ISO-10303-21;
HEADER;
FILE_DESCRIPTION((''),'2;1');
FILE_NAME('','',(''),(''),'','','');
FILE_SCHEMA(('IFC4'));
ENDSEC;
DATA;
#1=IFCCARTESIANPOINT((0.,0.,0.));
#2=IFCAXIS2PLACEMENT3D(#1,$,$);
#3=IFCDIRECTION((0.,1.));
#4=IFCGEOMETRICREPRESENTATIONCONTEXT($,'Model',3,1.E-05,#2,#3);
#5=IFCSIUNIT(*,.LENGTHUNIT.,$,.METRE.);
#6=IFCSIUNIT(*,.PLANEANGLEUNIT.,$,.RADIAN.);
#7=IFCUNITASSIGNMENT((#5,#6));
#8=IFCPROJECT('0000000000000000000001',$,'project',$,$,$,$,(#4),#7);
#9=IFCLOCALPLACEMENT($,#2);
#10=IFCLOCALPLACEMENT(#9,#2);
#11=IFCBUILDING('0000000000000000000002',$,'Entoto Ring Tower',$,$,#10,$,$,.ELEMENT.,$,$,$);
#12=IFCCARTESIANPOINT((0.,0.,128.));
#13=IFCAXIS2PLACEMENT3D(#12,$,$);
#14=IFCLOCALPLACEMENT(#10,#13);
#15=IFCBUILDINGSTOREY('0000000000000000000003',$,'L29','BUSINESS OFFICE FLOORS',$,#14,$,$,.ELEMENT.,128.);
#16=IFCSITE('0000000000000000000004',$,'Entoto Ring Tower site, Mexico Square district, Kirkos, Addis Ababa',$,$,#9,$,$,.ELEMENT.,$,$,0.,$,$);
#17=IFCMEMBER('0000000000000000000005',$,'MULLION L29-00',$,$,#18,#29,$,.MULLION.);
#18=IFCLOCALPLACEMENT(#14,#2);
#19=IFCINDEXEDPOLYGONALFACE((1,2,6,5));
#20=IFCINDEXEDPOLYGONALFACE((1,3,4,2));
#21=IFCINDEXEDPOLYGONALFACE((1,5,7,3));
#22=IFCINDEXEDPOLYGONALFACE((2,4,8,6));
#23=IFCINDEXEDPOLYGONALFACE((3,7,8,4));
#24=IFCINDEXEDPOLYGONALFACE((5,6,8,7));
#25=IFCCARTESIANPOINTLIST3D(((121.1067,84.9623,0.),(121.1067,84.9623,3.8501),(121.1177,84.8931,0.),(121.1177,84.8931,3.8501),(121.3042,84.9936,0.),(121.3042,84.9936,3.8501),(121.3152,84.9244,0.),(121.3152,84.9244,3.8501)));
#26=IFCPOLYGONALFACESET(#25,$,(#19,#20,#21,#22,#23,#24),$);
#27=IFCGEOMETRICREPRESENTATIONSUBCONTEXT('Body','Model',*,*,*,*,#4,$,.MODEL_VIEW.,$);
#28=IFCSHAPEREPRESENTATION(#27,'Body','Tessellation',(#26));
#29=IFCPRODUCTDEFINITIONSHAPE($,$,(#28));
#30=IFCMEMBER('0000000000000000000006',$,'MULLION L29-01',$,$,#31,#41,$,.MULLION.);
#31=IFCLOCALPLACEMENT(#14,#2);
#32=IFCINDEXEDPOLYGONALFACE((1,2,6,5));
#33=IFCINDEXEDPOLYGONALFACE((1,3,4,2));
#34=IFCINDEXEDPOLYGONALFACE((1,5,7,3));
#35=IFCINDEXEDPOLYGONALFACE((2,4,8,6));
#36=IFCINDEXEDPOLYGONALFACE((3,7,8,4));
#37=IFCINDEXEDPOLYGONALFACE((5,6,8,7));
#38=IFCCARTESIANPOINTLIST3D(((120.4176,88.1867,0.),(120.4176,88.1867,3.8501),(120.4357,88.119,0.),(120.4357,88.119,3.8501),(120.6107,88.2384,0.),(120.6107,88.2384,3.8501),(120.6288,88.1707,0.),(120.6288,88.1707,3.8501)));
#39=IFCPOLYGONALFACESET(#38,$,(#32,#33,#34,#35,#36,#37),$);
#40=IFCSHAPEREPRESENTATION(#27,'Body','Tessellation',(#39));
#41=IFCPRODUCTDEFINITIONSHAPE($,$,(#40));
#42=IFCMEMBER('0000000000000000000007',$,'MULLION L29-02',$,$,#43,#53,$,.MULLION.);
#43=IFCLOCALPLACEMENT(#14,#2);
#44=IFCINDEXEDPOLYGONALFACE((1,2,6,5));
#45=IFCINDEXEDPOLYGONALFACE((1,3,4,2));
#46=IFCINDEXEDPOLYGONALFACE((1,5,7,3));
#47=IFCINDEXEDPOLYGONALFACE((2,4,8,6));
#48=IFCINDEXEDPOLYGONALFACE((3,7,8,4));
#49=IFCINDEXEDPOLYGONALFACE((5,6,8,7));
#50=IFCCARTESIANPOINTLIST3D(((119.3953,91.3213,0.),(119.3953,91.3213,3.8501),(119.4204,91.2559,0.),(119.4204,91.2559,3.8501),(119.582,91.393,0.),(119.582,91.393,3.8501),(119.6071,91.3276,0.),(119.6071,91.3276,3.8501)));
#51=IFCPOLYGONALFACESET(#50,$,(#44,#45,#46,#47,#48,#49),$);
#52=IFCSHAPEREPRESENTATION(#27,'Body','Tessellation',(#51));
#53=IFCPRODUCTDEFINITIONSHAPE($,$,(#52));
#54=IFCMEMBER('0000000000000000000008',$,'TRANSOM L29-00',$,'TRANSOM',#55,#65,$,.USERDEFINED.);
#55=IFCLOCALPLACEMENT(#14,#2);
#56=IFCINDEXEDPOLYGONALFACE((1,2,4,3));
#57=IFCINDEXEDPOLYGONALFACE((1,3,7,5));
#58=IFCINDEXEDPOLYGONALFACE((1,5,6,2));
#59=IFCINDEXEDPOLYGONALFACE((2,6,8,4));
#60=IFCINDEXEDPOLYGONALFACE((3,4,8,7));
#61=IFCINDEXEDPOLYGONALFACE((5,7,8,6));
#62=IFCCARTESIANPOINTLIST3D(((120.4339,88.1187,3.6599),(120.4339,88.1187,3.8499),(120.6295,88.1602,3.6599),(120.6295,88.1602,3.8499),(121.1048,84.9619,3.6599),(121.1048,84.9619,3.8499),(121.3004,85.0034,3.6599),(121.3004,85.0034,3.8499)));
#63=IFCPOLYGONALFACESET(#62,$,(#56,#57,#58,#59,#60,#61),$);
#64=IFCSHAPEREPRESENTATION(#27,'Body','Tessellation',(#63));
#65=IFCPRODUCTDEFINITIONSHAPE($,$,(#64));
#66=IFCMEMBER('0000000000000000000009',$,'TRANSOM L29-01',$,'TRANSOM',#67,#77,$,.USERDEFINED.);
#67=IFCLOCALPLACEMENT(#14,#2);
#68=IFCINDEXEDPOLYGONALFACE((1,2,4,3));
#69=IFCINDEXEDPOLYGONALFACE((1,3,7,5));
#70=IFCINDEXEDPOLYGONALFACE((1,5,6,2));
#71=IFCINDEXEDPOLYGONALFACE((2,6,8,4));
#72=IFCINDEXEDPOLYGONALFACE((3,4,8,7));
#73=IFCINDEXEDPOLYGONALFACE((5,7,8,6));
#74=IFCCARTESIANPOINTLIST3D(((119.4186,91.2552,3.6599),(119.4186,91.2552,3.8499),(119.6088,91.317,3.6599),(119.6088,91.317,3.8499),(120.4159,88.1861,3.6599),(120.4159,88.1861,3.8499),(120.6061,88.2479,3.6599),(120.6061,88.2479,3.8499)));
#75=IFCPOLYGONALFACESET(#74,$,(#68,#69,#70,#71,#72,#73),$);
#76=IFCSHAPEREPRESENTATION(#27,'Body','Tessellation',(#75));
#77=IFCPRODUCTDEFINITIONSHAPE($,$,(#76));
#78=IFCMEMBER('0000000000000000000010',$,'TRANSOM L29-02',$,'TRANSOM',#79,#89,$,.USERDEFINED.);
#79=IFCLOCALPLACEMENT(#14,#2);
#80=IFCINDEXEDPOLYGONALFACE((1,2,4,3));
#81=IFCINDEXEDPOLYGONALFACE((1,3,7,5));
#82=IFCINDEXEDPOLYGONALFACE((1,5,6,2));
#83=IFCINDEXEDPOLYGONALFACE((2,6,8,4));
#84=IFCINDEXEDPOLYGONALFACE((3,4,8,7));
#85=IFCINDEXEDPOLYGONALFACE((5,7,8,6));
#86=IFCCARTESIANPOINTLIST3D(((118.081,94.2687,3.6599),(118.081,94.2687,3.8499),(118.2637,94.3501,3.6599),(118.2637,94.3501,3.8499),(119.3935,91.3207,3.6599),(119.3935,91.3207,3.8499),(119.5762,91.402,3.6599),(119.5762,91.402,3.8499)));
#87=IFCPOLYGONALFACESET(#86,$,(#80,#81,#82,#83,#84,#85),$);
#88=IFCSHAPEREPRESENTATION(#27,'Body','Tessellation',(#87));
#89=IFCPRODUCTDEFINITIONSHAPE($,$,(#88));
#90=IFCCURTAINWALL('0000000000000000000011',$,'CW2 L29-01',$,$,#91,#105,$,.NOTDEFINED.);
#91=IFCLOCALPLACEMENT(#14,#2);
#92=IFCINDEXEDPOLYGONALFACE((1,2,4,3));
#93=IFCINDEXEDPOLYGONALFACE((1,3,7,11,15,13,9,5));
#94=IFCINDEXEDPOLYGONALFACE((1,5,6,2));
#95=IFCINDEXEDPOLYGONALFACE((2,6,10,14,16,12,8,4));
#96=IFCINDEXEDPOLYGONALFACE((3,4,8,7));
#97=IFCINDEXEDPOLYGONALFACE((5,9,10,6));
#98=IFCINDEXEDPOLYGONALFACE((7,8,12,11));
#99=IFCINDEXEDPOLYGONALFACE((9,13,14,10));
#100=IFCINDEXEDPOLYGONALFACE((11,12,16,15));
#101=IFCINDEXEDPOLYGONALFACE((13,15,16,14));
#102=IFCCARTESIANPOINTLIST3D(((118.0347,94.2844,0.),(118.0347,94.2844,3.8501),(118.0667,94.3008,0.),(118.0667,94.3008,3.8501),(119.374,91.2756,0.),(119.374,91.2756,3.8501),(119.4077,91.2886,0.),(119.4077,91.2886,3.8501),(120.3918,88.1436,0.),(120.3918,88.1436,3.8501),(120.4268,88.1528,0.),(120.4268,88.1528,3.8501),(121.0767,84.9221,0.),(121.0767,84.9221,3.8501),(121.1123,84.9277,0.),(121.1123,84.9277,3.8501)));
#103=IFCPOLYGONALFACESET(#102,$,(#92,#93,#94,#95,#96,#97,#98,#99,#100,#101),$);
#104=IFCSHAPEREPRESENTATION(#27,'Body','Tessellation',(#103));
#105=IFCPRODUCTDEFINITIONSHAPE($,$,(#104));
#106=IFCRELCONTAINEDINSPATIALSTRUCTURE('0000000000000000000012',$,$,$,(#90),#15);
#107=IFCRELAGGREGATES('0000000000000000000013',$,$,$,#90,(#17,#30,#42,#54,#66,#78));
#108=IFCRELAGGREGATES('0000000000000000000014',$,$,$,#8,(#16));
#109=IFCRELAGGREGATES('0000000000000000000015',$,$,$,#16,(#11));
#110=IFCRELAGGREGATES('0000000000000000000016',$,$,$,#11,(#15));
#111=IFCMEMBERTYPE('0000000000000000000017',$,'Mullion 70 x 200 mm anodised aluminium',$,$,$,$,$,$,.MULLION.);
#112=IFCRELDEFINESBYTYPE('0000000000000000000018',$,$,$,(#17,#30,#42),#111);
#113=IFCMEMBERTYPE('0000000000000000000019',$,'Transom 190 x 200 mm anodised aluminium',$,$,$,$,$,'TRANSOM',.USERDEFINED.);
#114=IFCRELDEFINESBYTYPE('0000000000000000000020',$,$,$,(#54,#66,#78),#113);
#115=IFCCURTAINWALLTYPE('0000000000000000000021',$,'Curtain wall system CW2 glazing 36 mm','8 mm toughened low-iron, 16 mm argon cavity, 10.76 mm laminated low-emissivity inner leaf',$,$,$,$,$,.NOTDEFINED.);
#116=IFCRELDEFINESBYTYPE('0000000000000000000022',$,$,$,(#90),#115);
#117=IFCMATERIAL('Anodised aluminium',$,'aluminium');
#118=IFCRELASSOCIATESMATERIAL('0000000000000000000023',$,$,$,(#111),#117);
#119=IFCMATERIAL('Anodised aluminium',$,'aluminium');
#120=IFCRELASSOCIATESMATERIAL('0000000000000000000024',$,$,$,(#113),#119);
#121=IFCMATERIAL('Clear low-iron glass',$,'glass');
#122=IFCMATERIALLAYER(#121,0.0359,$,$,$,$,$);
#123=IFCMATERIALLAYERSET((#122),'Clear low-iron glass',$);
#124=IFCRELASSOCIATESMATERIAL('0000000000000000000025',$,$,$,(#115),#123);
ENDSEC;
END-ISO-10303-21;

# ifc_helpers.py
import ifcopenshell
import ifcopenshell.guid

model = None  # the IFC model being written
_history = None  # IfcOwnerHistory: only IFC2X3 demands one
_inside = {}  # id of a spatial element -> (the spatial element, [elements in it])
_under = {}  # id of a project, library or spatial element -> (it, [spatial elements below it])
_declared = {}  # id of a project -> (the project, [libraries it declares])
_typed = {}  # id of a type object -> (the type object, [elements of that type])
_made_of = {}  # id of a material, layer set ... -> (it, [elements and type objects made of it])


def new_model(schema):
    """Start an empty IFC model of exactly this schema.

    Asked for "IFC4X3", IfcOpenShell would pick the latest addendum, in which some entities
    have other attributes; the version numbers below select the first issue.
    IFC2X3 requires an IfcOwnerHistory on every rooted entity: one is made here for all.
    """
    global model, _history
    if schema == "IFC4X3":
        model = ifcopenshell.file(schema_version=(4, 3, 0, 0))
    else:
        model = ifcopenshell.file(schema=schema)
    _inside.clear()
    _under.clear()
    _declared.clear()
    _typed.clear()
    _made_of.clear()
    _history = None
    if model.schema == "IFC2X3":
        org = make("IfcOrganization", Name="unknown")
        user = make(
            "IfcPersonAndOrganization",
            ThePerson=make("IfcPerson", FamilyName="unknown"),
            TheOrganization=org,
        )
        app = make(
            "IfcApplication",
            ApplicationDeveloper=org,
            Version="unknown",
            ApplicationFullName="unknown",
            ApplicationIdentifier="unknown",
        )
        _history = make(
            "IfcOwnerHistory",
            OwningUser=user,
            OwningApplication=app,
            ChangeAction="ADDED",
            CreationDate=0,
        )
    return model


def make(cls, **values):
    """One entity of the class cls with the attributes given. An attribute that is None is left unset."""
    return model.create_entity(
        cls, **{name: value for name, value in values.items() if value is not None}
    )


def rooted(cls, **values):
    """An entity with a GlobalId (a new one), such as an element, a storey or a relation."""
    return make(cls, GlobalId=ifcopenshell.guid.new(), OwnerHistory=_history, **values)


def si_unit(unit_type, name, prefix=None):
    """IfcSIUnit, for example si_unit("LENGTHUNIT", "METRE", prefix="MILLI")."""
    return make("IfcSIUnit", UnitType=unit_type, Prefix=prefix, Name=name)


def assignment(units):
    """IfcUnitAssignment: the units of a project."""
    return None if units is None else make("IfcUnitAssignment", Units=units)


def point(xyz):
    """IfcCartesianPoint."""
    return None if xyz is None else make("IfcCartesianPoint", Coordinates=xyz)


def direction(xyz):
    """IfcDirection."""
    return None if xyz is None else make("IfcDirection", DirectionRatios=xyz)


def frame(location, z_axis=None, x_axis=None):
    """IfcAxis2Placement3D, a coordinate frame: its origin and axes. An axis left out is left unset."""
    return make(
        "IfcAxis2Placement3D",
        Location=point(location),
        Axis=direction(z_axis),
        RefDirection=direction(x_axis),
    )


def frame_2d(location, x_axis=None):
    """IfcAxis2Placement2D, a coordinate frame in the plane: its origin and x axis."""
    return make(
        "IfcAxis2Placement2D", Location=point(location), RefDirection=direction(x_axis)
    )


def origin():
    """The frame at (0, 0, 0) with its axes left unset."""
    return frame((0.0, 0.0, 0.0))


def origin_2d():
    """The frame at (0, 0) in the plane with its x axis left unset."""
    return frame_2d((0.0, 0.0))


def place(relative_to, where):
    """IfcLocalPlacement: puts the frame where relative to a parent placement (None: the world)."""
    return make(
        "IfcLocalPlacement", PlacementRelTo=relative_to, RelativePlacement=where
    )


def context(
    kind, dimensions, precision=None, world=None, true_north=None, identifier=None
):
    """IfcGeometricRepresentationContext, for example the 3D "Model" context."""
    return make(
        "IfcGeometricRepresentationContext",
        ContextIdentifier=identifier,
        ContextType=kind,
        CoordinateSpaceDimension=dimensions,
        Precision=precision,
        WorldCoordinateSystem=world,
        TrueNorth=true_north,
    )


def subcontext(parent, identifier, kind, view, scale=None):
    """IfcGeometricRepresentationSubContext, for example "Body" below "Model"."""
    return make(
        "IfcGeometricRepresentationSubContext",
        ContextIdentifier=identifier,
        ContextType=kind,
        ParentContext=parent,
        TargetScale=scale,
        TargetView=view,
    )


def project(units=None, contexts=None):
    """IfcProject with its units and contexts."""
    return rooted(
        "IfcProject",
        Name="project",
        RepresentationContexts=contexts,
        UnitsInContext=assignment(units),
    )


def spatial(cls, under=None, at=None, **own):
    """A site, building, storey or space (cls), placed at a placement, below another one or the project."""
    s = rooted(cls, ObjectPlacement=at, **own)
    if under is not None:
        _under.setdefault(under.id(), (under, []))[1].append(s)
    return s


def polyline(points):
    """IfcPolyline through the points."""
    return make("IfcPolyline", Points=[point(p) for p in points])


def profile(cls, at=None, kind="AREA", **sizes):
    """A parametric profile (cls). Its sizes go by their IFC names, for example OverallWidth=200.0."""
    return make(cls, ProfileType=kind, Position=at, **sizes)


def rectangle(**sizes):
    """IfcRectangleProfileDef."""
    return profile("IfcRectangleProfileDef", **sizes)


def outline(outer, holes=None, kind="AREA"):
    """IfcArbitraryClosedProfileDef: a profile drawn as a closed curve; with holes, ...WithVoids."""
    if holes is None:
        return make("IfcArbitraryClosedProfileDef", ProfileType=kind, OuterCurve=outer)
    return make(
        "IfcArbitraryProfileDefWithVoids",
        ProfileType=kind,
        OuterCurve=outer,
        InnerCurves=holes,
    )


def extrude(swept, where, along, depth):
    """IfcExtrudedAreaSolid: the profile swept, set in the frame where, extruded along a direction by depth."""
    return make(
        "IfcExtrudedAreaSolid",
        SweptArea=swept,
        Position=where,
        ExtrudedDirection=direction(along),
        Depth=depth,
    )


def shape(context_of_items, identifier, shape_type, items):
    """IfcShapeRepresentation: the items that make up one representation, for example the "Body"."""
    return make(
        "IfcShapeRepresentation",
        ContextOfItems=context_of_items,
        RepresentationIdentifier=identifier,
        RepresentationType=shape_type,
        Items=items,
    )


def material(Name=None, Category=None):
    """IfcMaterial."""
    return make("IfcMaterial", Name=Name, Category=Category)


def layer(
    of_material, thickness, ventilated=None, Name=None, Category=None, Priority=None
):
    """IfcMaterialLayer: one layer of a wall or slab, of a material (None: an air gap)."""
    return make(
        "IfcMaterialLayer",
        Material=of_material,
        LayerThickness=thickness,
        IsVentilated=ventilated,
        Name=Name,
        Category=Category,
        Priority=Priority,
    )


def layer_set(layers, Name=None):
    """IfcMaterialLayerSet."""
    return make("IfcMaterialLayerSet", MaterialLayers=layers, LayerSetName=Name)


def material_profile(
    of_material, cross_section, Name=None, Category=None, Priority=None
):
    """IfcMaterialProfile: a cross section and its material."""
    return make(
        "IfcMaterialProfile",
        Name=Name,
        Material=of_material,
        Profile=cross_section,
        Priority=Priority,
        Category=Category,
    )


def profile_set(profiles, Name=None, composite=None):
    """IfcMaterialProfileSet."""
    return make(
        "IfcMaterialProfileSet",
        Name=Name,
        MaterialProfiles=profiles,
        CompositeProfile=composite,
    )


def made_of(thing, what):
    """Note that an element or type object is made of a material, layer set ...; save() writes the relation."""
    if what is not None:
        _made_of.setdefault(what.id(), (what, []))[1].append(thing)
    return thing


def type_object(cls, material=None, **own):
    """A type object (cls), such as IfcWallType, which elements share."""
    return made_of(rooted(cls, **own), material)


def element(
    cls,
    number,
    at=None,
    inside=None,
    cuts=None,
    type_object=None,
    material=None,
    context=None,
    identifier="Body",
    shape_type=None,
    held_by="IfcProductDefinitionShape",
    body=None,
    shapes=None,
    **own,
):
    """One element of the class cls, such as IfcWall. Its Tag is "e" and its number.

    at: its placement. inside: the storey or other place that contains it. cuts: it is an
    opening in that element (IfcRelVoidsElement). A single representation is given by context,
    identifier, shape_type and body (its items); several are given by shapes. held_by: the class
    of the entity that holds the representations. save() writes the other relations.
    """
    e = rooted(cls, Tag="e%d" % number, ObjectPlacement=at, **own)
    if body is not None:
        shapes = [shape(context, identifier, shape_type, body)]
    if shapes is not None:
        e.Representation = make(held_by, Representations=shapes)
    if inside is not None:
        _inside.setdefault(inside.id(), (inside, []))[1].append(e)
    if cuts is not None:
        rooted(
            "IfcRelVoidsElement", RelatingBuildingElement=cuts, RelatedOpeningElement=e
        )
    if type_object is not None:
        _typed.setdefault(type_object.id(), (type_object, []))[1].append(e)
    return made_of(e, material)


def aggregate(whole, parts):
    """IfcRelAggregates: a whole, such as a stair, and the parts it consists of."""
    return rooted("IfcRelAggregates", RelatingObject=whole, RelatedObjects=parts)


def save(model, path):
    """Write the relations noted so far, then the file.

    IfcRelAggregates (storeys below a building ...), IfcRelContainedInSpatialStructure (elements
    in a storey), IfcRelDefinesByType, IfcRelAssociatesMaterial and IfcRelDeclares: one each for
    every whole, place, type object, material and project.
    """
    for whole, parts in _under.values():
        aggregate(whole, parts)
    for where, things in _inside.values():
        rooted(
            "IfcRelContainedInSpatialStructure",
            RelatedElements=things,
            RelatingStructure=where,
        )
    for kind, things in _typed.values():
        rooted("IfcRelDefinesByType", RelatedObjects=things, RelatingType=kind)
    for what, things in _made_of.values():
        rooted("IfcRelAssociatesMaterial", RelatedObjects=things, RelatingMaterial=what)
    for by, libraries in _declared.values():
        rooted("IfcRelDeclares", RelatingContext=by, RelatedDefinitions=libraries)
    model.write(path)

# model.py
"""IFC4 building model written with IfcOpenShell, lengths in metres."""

from ifc_helpers import new_model, si_unit, direction, frame, origin, origin_2d, place, context, subcontext, project, spatial, polyline, rectangle, outline, extrude, material, layer, layer_set, material_profile, profile_set, type_object, element, aggregate, save


model = new_model("IFC4")

# Units and contexts
model_context = context("Model", 3, precision=1e-05, world=origin(), true_north=direction((0.0, 1.0)))
body_context = subcontext(model_context, "Body", "Model", "MODEL_VIEW")
ifc_project = project(units=[si_unit("LENGTHUNIT", "METRE"), si_unit("PLANEANGLEUNIT", "RADIAN")], contexts=[model_context])

# Members
ifc_material_1 = material(Name="Anodised aluminium", Category="aluminium")
ifc_material_profile_1 = material_profile(ifc_material_1, rectangle(XDim=0.0701, YDim=0.2, at=origin_2d()), Name="Mullion 70 x 200 mm anodised aluminium")
ifc_profile_set_1 = profile_set([ifc_material_profile_1], Name="Anodised aluminium")
member_type_1 = type_object("IfcMemberType", Name="Mullion 70 x 200 mm anodised aluminium", PredefinedType="MULLION", material=ifc_profile_set_1)
site_placement = place(None, origin())
building_placement = place(site_placement, origin())
storey_placement = place(building_placement, frame((0.0, 0.0, 128.0)))
member_1_placement = place(storey_placement, frame((121.2109, 84.9434, 0.0), z_axis=(0.0, 0.0, 1.0), x_axis=(-0.156434, 0.987688, 0.0)))
member_1 = element("IfcMember", 1, at=member_1_placement, type_object=member_type_1, Name="MULLION L29-00", PredefinedType="MULLION", context=body_context, shape_type="SweptSolid", body=[
    extrude(rectangle(XDim=0.0701, YDim=0.2, at=origin_2d()), origin(), (0.0, 0.0, 1.0), 3.8501),
])
member_2_placement = place(storey_placement, frame((120.5232, 88.1787, 0.0), z_axis=(0.0, 0.0, 1.0), x_axis=(-0.258819, 0.965926, 0.0)))
member_2 = element("IfcMember", 2, at=member_2_placement, type_object=member_type_1, Name="MULLION L29-01", PredefinedType="MULLION", context=body_context, shape_type="SweptSolid", body=[
    extrude(rectangle(XDim=0.0701, YDim=0.2, at=origin_2d()), origin(), (0.0, 0.0, 1.0), 3.8501),
])
member_3_placement = place(storey_placement, frame((119.5012, 91.3245, 0.0), z_axis=(0.0, 0.0, 1.0), x_axis=(-0.358368, 0.93358, 0.0)))
member_3 = element("IfcMember", 3, at=member_3_placement, type_object=member_type_1, Name="MULLION L29-02", PredefinedType="MULLION", context=body_context, shape_type="SweptSolid", body=[
    extrude(rectangle(XDim=0.0701, YDim=0.2, at=origin_2d()), origin(), (0.0, 0.0, 1.0), 3.8501),
])
ifc_material_2 = material(Name="Anodised aluminium", Category="aluminium")
ifc_material_profile_2 = material_profile(ifc_material_2, rectangle(XDim=0.2, YDim=0.1899, at=origin_2d()), Name="Transom 190 x 200 mm anodised aluminium")
ifc_profile_set_2 = profile_set([ifc_material_profile_2], Name="Anodised aluminium")
member_type_2 = type_object("IfcMemberType", Name="Transom 190 x 200 mm anodised aluminium", ElementType="TRANSOM", PredefinedType="USERDEFINED", material=ifc_profile_set_2)
member_4_placement = place(storey_placement, frame((121.2026, 84.9827, 3.7549), z_axis=(-0.207886, 0.978153, 0.0), x_axis=(-0.978153, -0.207886, 0.0)))
member_4 = element("IfcMember", 4, at=member_4_placement, type_object=member_type_2, Name="TRANSOM L29-00", ObjectType="TRANSOM", PredefinedType="USERDEFINED", context=body_context, shape_type="SweptSolid", body=[
    extrude(rectangle(XDim=0.2, YDim=0.1899, at=origin_2d()), origin(), (0.0, 0.0, 1.0), 3.2273),
])
member_5_placement = place(storey_placement, frame((120.511, 88.217, 3.7549), z_axis=(-0.309047, 0.951047, 0.0), x_axis=(-0.951047, -0.309047, 0.0)))
member_5 = element("IfcMember", 5, at=member_5_placement, type_object=member_type_2, Name="TRANSOM L29-01", ObjectType="TRANSOM", PredefinedType="USERDEFINED", context=body_context, shape_type="SweptSolid", body=[
    extrude(rectangle(XDim=0.2, YDim=0.1899, at=origin_2d()), origin(), (0.0, 0.0, 1.0), 3.2271),
])
member_6_placement = place(storey_placement, frame((119.4849, 91.3613, 3.7549), z_axis=(-0.406728, 0.913549, 0.0), x_axis=(-0.913549, -0.406728, 0.0)))
member_6 = element("IfcMember", 6, at=member_6_placement, type_object=member_type_2, Name="TRANSOM L29-02", ObjectType="TRANSOM", PredefinedType="USERDEFINED", context=body_context, shape_type="SweptSolid", body=[
    extrude(rectangle(XDim=0.2, YDim=0.1899, at=origin_2d()), origin(), (0.0, 0.0, 1.0), 3.2271),
])

# Site, building, storey
site = spatial("IfcSite", under=ifc_project, at=site_placement, Name="Entoto Ring Tower site, Mexico Square district, Kirkos, Addis Ababa", CompositionType="ELEMENT", RefElevation=0.0)
building = spatial("IfcBuilding", under=site, at=building_placement, Name="Entoto Ring Tower", CompositionType="ELEMENT")
storey = spatial("IfcBuildingStorey", under=building, at=storey_placement, Name="L29", Description="BUSINESS OFFICE FLOORS", CompositionType="ELEMENT", Elevation=128.0)

# Curtain wall
ifc_material_3 = material(Name="Clear low-iron glass", Category="glass")
ifc_layer_1 = layer(ifc_material_3, 0.0359)
ifc_layer_set_1 = layer_set([ifc_layer_1], Name="Clear low-iron glass")
curtain_wall_type = type_object("IfcCurtainWallType", Name="Curtain wall system CW2 glazing 36 mm", Description="8 mm toughened low-iron, 16 mm argon cavity, 10.76 mm laminated low-emissivity inner leaf", PredefinedType="NOTDEFINED", material=ifc_layer_set_1)
curtain_wall_1_placement = place(storey_placement, origin())
curtain_wall_1 = element("IfcCurtainWall", 7, at=curtain_wall_1_placement, inside=storey, type_object=curtain_wall_type, Name="CW2 L29-01", PredefinedType="NOTDEFINED", context=body_context, shape_type="SweptSolid", body=[
    extrude(outline(polyline([(121.1123, 84.9277), (120.4268, 88.1528), (119.4077, 91.2886), (118.0667, 94.3008), (118.0347, 94.2844), (119.374, 91.2756), (120.3918, 88.1436), (121.0767, 84.9221), (121.1123, 84.9277)])), origin(), (0.0, 0.0, 1.0), 3.8501),
])
aggregate(curtain_wall_1, [member_1, member_2, member_3, member_4, member_5, member_6])

save(model, "model.ifc")
